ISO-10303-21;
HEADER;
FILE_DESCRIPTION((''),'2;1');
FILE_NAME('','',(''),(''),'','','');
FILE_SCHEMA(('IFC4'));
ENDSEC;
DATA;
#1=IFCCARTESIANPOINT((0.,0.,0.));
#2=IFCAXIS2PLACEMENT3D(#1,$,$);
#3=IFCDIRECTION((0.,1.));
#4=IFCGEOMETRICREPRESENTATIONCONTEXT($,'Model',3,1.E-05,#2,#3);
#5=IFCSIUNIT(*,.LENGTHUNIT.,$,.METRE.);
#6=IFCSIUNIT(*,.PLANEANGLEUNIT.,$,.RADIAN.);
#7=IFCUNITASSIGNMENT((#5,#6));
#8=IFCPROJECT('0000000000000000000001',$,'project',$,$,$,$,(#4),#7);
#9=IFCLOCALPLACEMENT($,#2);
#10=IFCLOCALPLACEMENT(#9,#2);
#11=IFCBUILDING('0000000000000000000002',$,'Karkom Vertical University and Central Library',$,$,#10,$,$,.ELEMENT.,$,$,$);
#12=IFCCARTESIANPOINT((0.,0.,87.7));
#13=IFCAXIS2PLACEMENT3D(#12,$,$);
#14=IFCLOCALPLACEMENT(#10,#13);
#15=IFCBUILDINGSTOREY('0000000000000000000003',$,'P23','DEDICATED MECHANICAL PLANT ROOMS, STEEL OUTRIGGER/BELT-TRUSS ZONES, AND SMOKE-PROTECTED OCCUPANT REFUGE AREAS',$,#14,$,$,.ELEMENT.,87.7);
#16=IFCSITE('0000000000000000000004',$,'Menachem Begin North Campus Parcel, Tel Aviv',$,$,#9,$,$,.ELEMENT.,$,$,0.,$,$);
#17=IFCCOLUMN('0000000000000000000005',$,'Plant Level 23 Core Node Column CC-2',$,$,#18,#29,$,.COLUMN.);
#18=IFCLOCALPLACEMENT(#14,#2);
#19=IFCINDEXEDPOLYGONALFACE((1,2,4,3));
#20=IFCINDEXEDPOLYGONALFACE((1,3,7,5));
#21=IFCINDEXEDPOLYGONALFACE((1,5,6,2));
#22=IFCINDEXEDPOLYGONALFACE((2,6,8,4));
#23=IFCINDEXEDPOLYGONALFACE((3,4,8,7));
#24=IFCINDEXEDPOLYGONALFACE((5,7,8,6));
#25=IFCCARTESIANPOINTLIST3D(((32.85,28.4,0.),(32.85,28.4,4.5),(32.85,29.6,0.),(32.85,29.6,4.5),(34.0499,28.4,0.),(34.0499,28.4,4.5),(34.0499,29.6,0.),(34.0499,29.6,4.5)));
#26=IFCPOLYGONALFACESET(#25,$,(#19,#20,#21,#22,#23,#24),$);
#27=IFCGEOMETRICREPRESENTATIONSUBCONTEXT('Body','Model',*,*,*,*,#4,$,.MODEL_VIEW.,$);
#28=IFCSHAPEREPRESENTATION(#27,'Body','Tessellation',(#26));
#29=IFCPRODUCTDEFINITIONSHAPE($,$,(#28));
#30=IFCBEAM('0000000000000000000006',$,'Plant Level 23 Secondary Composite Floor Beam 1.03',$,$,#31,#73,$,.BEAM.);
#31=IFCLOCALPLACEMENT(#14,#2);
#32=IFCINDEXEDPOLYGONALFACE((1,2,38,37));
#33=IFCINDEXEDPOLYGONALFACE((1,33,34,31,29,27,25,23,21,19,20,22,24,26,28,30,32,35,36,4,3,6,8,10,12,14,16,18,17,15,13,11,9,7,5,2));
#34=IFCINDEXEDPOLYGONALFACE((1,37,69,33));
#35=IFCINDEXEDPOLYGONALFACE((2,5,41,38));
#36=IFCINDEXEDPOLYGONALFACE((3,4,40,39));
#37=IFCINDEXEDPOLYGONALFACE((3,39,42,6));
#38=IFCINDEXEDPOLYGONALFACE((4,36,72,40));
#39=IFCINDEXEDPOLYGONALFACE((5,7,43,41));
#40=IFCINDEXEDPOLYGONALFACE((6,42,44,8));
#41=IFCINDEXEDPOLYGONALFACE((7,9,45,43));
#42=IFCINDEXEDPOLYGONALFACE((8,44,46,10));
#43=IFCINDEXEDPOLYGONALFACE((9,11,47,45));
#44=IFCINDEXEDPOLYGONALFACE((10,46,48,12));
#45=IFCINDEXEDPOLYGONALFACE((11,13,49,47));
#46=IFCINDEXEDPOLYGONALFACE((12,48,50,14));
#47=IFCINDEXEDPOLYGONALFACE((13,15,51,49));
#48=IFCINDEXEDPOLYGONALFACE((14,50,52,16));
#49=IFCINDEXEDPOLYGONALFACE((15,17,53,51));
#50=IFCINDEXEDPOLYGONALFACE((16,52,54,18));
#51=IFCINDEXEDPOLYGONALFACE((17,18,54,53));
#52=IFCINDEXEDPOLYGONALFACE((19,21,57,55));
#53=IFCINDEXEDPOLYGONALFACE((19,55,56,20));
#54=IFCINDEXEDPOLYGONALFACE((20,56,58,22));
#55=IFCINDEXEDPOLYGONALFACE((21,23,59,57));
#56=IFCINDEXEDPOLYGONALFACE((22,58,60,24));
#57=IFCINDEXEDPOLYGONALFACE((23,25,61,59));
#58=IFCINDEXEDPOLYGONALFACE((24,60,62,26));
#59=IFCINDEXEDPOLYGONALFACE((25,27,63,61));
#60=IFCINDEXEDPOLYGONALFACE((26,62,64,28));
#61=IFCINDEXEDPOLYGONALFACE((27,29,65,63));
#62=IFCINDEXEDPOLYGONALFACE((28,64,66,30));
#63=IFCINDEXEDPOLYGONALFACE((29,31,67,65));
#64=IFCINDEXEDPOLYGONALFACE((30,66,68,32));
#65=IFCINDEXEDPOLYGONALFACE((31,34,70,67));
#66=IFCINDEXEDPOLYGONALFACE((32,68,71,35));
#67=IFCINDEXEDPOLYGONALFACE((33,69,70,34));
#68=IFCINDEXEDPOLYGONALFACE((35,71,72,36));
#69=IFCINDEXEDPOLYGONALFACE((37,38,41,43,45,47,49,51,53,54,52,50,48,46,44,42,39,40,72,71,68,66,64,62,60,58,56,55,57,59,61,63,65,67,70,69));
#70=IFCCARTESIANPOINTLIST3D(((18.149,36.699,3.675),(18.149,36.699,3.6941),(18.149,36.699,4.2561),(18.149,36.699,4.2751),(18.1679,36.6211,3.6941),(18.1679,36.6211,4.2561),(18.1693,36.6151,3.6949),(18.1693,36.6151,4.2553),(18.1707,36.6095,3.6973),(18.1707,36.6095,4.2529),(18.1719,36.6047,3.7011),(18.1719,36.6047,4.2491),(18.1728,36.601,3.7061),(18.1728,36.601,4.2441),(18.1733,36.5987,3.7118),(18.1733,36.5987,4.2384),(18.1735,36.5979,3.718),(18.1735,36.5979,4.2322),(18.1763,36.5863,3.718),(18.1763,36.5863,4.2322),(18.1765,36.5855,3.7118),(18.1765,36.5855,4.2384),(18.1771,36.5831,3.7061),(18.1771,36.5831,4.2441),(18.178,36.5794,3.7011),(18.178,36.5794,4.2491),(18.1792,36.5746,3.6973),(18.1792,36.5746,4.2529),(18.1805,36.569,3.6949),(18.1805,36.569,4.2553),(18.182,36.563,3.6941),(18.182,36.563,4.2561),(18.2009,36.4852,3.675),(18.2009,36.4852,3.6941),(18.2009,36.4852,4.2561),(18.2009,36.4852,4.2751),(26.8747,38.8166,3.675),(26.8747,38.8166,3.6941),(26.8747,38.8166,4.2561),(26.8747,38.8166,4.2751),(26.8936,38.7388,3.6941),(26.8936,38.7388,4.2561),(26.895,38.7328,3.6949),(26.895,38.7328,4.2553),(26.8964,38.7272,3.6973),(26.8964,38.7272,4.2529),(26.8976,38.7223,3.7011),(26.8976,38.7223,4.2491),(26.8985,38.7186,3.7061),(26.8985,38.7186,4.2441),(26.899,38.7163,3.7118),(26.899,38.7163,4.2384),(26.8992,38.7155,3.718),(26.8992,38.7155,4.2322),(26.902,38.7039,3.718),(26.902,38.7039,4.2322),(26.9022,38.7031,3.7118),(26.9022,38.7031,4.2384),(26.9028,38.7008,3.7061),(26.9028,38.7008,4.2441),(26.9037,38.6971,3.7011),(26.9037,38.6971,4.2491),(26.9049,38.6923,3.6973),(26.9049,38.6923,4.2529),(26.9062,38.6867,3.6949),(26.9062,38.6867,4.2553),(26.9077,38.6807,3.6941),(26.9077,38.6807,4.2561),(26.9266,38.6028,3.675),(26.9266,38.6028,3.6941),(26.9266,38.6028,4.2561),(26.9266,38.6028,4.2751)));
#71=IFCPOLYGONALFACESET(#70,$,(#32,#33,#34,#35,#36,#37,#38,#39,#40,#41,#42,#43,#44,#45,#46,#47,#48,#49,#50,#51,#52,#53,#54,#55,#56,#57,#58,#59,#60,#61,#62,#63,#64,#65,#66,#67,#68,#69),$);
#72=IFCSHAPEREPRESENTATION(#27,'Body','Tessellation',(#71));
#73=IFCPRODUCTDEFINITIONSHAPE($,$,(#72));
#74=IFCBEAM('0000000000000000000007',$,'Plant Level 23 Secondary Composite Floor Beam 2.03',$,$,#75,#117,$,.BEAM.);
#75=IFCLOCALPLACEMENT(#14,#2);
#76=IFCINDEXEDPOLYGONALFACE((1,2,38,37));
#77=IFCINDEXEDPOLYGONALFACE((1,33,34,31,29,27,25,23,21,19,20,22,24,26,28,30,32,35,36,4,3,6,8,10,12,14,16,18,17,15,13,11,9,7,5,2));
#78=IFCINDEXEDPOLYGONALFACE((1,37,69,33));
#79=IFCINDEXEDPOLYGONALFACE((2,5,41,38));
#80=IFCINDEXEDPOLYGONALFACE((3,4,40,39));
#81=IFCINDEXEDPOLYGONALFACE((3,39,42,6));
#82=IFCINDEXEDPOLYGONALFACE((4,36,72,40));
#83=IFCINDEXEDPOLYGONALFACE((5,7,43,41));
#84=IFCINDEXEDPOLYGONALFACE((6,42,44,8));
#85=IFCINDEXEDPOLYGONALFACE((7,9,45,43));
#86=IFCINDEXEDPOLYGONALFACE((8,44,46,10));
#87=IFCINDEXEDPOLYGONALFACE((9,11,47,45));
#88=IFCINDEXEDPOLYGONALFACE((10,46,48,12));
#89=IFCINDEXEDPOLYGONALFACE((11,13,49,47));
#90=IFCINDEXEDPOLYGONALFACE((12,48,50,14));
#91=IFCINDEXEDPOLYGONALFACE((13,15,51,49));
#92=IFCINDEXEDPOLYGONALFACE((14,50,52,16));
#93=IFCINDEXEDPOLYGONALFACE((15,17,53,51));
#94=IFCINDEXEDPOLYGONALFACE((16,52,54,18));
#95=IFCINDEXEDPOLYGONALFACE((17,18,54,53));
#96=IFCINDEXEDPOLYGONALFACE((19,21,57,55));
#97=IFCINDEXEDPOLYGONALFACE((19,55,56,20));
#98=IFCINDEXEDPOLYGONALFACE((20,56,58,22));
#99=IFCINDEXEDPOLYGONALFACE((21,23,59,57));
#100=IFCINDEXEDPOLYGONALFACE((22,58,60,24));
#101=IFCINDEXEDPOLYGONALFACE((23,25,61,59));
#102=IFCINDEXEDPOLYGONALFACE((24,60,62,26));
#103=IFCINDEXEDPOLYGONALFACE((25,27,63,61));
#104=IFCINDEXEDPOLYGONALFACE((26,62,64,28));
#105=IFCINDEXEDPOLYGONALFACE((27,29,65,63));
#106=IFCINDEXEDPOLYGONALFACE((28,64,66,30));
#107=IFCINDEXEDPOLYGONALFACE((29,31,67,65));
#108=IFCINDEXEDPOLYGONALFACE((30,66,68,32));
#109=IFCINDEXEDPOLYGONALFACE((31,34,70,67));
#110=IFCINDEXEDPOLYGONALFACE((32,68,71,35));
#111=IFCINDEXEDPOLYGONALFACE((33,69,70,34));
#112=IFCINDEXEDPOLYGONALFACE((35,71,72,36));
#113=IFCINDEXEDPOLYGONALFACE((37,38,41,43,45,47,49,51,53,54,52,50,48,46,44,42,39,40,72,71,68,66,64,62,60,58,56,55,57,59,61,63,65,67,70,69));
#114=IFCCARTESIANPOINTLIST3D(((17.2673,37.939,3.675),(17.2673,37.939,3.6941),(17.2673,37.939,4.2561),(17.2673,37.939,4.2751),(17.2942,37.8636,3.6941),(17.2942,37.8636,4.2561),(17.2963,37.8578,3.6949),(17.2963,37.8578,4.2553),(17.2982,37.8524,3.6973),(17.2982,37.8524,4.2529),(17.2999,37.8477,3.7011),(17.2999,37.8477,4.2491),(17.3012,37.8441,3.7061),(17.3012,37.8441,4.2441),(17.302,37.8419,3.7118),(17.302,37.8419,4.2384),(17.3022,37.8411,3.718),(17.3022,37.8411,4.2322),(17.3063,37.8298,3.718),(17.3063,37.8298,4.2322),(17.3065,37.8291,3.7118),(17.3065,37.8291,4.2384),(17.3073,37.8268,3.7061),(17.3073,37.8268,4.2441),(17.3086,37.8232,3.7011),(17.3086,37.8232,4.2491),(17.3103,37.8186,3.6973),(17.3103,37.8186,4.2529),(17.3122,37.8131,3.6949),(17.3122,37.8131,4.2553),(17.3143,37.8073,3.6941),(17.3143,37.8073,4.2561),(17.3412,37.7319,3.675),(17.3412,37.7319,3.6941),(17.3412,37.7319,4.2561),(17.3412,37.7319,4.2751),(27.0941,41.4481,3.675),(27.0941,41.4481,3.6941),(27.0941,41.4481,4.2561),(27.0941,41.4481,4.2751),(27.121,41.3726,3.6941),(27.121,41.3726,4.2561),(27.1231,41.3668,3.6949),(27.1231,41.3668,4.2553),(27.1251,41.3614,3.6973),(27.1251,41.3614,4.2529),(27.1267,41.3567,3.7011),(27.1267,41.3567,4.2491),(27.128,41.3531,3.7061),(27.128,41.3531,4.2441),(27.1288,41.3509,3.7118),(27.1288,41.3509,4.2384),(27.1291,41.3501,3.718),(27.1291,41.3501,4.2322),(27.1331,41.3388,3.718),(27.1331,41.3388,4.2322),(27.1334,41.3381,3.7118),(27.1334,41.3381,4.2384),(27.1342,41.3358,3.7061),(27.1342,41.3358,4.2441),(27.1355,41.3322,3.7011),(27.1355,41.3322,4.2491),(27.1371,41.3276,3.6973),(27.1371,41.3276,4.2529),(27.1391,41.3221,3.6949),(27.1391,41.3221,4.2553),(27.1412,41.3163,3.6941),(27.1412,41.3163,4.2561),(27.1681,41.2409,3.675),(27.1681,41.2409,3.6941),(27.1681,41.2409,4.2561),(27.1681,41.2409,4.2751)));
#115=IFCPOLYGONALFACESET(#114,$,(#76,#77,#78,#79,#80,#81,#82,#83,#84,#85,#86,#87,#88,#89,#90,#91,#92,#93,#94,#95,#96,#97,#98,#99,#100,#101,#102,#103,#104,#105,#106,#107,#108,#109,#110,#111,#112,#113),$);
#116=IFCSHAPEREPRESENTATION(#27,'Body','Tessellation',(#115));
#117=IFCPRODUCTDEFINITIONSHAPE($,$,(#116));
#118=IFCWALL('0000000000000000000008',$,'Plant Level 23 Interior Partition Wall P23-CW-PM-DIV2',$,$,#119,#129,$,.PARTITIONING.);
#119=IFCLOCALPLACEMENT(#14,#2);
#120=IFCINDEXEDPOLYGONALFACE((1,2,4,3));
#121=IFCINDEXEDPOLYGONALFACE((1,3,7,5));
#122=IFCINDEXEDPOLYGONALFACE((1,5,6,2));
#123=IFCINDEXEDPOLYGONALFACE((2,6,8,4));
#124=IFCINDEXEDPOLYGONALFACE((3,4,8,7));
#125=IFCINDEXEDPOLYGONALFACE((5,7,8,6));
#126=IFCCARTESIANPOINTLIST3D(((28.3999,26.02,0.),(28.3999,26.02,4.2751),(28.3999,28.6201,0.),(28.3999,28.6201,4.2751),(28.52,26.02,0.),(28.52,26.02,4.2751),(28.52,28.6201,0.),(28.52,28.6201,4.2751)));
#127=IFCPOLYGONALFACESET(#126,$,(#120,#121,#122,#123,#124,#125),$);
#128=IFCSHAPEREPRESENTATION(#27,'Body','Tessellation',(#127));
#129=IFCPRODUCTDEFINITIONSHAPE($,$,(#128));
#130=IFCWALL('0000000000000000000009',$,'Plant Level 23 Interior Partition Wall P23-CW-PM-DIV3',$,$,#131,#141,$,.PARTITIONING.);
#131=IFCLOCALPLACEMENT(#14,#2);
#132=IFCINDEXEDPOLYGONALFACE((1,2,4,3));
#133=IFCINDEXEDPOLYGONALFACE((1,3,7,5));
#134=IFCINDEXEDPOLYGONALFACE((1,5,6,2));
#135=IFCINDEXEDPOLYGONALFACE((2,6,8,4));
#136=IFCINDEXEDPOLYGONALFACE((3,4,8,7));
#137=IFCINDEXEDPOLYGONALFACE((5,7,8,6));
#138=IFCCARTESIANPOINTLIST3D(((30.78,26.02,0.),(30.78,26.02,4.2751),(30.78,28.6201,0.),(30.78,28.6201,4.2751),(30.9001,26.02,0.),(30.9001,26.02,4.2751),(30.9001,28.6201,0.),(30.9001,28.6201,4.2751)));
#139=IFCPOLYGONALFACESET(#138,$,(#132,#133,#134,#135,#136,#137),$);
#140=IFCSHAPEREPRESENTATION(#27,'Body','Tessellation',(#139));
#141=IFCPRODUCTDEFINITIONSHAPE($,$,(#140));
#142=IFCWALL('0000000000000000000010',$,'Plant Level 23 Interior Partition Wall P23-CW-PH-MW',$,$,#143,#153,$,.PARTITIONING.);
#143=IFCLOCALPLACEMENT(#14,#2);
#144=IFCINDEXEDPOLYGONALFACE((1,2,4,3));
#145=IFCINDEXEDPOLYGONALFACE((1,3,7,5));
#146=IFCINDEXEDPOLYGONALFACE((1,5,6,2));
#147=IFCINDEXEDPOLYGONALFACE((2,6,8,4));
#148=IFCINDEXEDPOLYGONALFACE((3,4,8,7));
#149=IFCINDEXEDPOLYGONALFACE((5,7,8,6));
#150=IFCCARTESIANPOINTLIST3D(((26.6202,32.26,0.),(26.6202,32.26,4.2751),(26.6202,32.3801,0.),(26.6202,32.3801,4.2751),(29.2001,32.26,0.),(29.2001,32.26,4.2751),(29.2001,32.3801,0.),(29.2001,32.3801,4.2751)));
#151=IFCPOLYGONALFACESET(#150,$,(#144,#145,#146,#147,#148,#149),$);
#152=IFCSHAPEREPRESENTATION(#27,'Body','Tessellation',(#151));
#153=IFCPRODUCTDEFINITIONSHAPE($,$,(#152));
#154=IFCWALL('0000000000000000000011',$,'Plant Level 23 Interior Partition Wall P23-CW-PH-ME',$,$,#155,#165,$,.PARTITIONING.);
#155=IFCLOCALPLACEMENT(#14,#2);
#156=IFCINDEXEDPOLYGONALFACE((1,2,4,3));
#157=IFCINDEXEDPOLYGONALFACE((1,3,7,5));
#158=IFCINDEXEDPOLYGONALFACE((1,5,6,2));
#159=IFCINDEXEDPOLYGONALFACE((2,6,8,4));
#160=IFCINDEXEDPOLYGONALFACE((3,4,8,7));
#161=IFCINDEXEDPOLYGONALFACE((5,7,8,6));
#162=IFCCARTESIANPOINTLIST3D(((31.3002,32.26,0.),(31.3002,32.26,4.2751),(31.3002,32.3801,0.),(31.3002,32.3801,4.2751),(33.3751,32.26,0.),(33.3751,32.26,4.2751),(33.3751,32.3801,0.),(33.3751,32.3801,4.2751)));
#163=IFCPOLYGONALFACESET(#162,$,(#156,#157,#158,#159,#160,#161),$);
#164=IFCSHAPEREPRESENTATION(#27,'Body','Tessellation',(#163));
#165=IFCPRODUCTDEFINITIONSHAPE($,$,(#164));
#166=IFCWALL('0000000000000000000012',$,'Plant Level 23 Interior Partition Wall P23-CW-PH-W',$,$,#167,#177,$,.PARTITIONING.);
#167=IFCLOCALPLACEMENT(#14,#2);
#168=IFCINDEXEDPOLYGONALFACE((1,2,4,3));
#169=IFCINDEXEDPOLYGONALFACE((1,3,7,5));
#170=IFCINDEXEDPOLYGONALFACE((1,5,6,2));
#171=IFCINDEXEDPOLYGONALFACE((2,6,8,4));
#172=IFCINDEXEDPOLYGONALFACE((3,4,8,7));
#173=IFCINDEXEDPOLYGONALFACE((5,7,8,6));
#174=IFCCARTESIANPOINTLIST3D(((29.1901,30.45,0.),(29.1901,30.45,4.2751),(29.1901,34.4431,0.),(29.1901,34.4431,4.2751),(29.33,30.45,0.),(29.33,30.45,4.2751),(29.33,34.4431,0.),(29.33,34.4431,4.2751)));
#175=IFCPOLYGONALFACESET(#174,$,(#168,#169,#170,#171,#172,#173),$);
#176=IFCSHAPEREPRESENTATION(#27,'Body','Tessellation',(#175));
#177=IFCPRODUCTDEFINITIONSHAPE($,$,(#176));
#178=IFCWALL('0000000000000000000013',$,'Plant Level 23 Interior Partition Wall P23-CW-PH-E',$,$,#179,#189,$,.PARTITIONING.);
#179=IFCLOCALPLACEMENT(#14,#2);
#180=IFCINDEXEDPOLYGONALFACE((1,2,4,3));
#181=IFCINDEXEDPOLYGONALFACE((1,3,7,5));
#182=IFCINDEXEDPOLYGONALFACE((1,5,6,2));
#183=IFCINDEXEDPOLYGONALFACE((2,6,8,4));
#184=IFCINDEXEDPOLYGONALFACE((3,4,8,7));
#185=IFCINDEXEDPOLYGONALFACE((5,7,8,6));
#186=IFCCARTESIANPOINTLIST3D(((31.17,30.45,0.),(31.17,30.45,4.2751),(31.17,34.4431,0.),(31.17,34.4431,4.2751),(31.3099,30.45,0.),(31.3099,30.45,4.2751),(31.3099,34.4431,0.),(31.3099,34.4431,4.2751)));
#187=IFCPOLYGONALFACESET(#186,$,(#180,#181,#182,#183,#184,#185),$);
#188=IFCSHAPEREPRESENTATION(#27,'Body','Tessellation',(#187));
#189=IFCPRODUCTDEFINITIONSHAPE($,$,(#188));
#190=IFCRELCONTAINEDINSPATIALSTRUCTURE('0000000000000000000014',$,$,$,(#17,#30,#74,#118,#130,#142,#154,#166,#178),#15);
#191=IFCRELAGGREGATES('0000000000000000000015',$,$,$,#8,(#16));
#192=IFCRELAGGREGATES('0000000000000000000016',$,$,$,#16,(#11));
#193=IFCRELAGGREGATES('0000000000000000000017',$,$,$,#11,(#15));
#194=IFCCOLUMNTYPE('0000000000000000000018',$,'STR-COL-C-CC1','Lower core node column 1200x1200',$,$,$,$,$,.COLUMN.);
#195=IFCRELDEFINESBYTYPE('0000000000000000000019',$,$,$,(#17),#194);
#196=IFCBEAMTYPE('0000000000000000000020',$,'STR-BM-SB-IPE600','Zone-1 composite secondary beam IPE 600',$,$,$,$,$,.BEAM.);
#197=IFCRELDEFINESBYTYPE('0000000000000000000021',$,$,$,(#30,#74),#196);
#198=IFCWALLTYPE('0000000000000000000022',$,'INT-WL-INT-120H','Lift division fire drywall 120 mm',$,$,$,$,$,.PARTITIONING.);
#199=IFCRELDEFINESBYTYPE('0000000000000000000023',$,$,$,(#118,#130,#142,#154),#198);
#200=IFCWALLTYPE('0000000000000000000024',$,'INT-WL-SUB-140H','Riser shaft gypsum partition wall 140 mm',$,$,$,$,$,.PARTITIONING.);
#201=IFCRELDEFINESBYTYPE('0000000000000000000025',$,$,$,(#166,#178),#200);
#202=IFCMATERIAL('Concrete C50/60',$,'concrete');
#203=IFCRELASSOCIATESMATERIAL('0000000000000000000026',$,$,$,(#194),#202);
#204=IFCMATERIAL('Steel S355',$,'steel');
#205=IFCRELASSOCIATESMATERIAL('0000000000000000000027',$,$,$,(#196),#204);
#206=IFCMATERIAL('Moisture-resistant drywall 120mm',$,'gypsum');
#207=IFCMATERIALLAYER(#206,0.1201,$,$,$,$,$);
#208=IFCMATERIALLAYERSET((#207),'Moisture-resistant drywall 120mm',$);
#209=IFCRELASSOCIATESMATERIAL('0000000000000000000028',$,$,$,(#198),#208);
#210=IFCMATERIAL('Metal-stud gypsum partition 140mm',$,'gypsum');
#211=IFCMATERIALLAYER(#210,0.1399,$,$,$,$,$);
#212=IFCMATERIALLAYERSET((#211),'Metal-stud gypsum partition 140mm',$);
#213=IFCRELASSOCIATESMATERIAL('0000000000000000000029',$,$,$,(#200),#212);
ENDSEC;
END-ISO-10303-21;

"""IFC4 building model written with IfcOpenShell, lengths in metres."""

from ifc_helpers import new_model, si_unit, direction, frame, frame_2d, origin, origin_with_axes, origin_2d, place, context, subcontext, project, spatial, rectangle, i_section, extrude, source, transform, mapped, material, layer, layer_set, material_profile, profile_set, type_object, element, save


model = new_model("IFC4")

# Units and contexts
model_context = context("Model", 3, precision=1e-05, world=origin(), true_north=direction((0.0, 1.0)))
body_context = subcontext(model_context, "Body", "Model", "MODEL_VIEW")
ifc_project = project(units=[si_unit("LENGTHUNIT", "METRE"), si_unit("PLANEANGLEUNIT", "RADIAN")], contexts=[model_context])

# Site, building, storey
site_placement = place(None, origin())
site = spatial("IfcSite", under=ifc_project, at=site_placement, Name="Menachem Begin North Campus Parcel, Tel Aviv", CompositionType="ELEMENT", RefElevation=0.0)
building_placement = place(site_placement, origin())
building = spatial("IfcBuilding", under=site, at=building_placement, Name="Karkom Vertical University and Central Library", CompositionType="ELEMENT")
storey_placement = place(building_placement, frame((0.0, 0.0, 87.7)))
storey = spatial("IfcBuildingStorey", under=building, at=storey_placement, Name="P23", Description="DEDICATED MECHANICAL PLANT ROOMS, STEEL OUTRIGGER/BELT-TRUSS ZONES, AND SMOKE-PROTECTED OCCUPANT REFUGE AREAS", CompositionType="ELEMENT", Elevation=87.7)

# Column
ifc_material_1 = material(Name="Concrete C50/60", Category="concrete")
ifc_material_profile_1 = material_profile(ifc_material_1, rectangle(XDim=1.2, YDim=1.2, at=origin_2d()), Name="RC-1200x1200")
ifc_profile_set_1 = profile_set([ifc_material_profile_1], Name="Concrete C50/60")
column_type = type_object("IfcColumnType", Name="STR-COL-C-CC1", Description="Lower core node column 1200x1200", PredefinedType="COLUMN", material=ifc_profile_set_1)
shared_shape_1 = source(origin_with_axes(), body_context, "Body", "SweptSolid", [
    extrude(rectangle(XDim=1.2, YDim=1.2, at=origin_2d()), origin(), (0.0, 0.0, 1.0), 4.5),
])
column_placement = place(storey_placement, frame((33.45, 29.0, 0.0), z_axis=(0.0, 0.0, 1.0), x_axis=(1.0, 0.0, 0.0)))
element("IfcColumn", 1, at=column_placement, inside=storey, type_object=column_type, Name="Plant Level 23 Core Node Column CC-2", PredefinedType="COLUMN", context=body_context, shape_type="MappedRepresentation", body=[
    mapped(shared_shape_1, transform((0.0, 0.0, 0.0), scale=1.0)),
])

# Beams
ifc_material_2 = material(Name="Steel S355", Category="steel")
ifc_material_profile_2 = material_profile(ifc_material_2, i_section(OverallWidth=0.22, OverallDepth=0.6001, WebThickness=0.012, FlangeThickness=0.019, FilletRadius=0.0239, at=origin_2d()), Name="IPE 600")
ifc_profile_set_2 = profile_set([ifc_material_profile_2], Name="Steel S355")
beam_type = type_object("IfcBeamType", Name="STR-BM-SB-IPE600", Description="Zone-1 composite secondary beam IPE 600", PredefinedType="BEAM", material=ifc_profile_set_2)
shared_shape_2 = source(origin_with_axes(), body_context, "Body", "SweptSolid", [
    extrude(i_section(OverallWidth=0.22, OverallDepth=0.6001, WebThickness=0.012, FlangeThickness=0.019, FilletRadius=0.0239, at=origin_2d()), origin(), (0.0, 0.0, 1.0), 8.979),
])
beam_1_placement = place(storey_placement, frame((26.9006, 38.7097, 3.9751), z_axis=(-0.971791, -0.235844, 0.0), x_axis=(0.235844, -0.971791, 0.0)))
element("IfcBeam", 2, at=beam_1_placement, inside=storey, type_object=beam_type, Name="Plant Level 23 Secondary Composite Floor Beam 1.03", PredefinedType="BEAM", context=body_context, shape_type="MappedRepresentation", body=[
    mapped(shared_shape_2, transform((0.0, 0.0, 0.0), scale=1.0)),
])
shared_shape_3 = source(origin_with_axes(), body_context, "Body", "SweptSolid", [
    extrude(i_section(OverallWidth=0.22, OverallDepth=0.6001, WebThickness=0.012, FlangeThickness=0.019, FilletRadius=0.0239, at=origin_2d()), origin(), (0.0, 0.0, 1.0), 10.4346),
])
beam_2_placement = place(storey_placement, frame((27.1311, 41.3445, 3.9751), z_axis=(-0.941759, -0.336287, 0.0), x_axis=(0.336287, -0.941759, 0.0)))
element("IfcBeam", 3, at=beam_2_placement, inside=storey, type_object=beam_type, Name="Plant Level 23 Secondary Composite Floor Beam 2.03", PredefinedType="BEAM", context=body_context, shape_type="MappedRepresentation", body=[
    mapped(shared_shape_3, transform((0.0, 0.0, 0.0), scale=1.0)),
])

# Walls
ifc_material_3 = material(Name="Moisture-resistant drywall 120mm", Category="gypsum")
ifc_layer_1 = layer(ifc_material_3, 0.1201)
ifc_layer_set_1 = layer_set([ifc_layer_1], Name="Moisture-resistant drywall 120mm")
wall_type_1 = type_object("IfcWallType", Name="INT-WL-INT-120H", Description="Lift division fire drywall 120 mm", PredefinedType="PARTITIONING", material=ifc_layer_set_1)
for number, where, z_axis, x_axis, name in (
    (4, (28.46, 26.02, 0.0), (0.0, 0.0, 1.0), (0.0, 1.0, 0.0), "Plant Level 23 Interior Partition Wall P23-CW-PM-DIV2"),
    (5, (30.8401, 26.02, 0.0), (0.0, 0.0, 1.0), (0.0, 1.0, 0.0), "Plant Level 23 Interior Partition Wall P23-CW-PM-DIV3"),
):
    element("IfcWall", number, at=place(storey_placement, frame(where, z_axis=z_axis, x_axis=x_axis)), inside=storey, type_object=wall_type_1, Name=name, PredefinedType="PARTITIONING", context=body_context, shape_type="SweptSolid", body=[
        extrude(rectangle(XDim=2.6001, YDim=0.1201, at=frame_2d((1.3, 0.0))), origin(), (0.0, 0.0, 1.0), 4.2751),
    ])
wall_1_placement = place(storey_placement, frame((26.6201, 32.3201, 0.0), z_axis=(0.0, 0.0, 1.0), x_axis=(1.0, 0.0, 0.0)))
element("IfcWall", 6, at=wall_1_placement, inside=storey, type_object=wall_type_1, Name="Plant Level 23 Interior Partition Wall P23-CW-PH-MW", PredefinedType="PARTITIONING", context=body_context, shape_type="SweptSolid", body=[
    extrude(rectangle(XDim=2.5798, YDim=0.1201, at=frame_2d((1.29, 0.0))), origin(), (0.0, 0.0, 1.0), 4.2751),
])
wall_2_placement = place(storey_placement, frame((31.3, 32.3201, 0.0), z_axis=(0.0, 0.0, 1.0), x_axis=(1.0, 0.0, 0.0)))
element("IfcWall", 7, at=wall_2_placement, inside=storey, type_object=wall_type_1, Name="Plant Level 23 Interior Partition Wall P23-CW-PH-ME", PredefinedType="PARTITIONING", context=body_context, shape_type="SweptSolid", body=[
    extrude(rectangle(XDim=2.075, YDim=0.1201, at=frame_2d((1.0376, 0.0))), origin(), (0.0, 0.0, 1.0), 4.2751),
])
ifc_material_4 = material(Name="Metal-stud gypsum partition 140mm", Category="gypsum")
ifc_layer_2 = layer(ifc_material_4, 0.1399)
ifc_layer_set_2 = layer_set([ifc_layer_2], Name="Metal-stud gypsum partition 140mm")
wall_type_2 = type_object("IfcWallType", Name="INT-WL-SUB-140H", Description="Riser shaft gypsum partition wall 140 mm", PredefinedType="PARTITIONING", material=ifc_layer_set_2)
for number, where, z_axis, x_axis, name in (
    (8, (29.26, 30.45, 0.0), (0.0, 0.0, 1.0), (0.0, 1.0, 0.0), "Plant Level 23 Interior Partition Wall P23-CW-PH-W"),
    (9, (31.24, 30.45, 0.0), (0.0, 0.0, 1.0), (0.0, 1.0, 0.0), "Plant Level 23 Interior Partition Wall P23-CW-PH-E"),
):
    element("IfcWall", number, at=place(storey_placement, frame(where, z_axis=z_axis, x_axis=x_axis)), inside=storey, type_object=wall_type_2, Name=name, PredefinedType="PARTITIONING", context=body_context, shape_type="SweptSolid", body=[
        extrude(rectangle(XDim=3.9932, YDim=0.1399, at=frame_2d((1.9966, 0.0))), origin(), (0.0, 0.0, 1.0), 4.2751),
    ])

save(model, "model.ifc")
